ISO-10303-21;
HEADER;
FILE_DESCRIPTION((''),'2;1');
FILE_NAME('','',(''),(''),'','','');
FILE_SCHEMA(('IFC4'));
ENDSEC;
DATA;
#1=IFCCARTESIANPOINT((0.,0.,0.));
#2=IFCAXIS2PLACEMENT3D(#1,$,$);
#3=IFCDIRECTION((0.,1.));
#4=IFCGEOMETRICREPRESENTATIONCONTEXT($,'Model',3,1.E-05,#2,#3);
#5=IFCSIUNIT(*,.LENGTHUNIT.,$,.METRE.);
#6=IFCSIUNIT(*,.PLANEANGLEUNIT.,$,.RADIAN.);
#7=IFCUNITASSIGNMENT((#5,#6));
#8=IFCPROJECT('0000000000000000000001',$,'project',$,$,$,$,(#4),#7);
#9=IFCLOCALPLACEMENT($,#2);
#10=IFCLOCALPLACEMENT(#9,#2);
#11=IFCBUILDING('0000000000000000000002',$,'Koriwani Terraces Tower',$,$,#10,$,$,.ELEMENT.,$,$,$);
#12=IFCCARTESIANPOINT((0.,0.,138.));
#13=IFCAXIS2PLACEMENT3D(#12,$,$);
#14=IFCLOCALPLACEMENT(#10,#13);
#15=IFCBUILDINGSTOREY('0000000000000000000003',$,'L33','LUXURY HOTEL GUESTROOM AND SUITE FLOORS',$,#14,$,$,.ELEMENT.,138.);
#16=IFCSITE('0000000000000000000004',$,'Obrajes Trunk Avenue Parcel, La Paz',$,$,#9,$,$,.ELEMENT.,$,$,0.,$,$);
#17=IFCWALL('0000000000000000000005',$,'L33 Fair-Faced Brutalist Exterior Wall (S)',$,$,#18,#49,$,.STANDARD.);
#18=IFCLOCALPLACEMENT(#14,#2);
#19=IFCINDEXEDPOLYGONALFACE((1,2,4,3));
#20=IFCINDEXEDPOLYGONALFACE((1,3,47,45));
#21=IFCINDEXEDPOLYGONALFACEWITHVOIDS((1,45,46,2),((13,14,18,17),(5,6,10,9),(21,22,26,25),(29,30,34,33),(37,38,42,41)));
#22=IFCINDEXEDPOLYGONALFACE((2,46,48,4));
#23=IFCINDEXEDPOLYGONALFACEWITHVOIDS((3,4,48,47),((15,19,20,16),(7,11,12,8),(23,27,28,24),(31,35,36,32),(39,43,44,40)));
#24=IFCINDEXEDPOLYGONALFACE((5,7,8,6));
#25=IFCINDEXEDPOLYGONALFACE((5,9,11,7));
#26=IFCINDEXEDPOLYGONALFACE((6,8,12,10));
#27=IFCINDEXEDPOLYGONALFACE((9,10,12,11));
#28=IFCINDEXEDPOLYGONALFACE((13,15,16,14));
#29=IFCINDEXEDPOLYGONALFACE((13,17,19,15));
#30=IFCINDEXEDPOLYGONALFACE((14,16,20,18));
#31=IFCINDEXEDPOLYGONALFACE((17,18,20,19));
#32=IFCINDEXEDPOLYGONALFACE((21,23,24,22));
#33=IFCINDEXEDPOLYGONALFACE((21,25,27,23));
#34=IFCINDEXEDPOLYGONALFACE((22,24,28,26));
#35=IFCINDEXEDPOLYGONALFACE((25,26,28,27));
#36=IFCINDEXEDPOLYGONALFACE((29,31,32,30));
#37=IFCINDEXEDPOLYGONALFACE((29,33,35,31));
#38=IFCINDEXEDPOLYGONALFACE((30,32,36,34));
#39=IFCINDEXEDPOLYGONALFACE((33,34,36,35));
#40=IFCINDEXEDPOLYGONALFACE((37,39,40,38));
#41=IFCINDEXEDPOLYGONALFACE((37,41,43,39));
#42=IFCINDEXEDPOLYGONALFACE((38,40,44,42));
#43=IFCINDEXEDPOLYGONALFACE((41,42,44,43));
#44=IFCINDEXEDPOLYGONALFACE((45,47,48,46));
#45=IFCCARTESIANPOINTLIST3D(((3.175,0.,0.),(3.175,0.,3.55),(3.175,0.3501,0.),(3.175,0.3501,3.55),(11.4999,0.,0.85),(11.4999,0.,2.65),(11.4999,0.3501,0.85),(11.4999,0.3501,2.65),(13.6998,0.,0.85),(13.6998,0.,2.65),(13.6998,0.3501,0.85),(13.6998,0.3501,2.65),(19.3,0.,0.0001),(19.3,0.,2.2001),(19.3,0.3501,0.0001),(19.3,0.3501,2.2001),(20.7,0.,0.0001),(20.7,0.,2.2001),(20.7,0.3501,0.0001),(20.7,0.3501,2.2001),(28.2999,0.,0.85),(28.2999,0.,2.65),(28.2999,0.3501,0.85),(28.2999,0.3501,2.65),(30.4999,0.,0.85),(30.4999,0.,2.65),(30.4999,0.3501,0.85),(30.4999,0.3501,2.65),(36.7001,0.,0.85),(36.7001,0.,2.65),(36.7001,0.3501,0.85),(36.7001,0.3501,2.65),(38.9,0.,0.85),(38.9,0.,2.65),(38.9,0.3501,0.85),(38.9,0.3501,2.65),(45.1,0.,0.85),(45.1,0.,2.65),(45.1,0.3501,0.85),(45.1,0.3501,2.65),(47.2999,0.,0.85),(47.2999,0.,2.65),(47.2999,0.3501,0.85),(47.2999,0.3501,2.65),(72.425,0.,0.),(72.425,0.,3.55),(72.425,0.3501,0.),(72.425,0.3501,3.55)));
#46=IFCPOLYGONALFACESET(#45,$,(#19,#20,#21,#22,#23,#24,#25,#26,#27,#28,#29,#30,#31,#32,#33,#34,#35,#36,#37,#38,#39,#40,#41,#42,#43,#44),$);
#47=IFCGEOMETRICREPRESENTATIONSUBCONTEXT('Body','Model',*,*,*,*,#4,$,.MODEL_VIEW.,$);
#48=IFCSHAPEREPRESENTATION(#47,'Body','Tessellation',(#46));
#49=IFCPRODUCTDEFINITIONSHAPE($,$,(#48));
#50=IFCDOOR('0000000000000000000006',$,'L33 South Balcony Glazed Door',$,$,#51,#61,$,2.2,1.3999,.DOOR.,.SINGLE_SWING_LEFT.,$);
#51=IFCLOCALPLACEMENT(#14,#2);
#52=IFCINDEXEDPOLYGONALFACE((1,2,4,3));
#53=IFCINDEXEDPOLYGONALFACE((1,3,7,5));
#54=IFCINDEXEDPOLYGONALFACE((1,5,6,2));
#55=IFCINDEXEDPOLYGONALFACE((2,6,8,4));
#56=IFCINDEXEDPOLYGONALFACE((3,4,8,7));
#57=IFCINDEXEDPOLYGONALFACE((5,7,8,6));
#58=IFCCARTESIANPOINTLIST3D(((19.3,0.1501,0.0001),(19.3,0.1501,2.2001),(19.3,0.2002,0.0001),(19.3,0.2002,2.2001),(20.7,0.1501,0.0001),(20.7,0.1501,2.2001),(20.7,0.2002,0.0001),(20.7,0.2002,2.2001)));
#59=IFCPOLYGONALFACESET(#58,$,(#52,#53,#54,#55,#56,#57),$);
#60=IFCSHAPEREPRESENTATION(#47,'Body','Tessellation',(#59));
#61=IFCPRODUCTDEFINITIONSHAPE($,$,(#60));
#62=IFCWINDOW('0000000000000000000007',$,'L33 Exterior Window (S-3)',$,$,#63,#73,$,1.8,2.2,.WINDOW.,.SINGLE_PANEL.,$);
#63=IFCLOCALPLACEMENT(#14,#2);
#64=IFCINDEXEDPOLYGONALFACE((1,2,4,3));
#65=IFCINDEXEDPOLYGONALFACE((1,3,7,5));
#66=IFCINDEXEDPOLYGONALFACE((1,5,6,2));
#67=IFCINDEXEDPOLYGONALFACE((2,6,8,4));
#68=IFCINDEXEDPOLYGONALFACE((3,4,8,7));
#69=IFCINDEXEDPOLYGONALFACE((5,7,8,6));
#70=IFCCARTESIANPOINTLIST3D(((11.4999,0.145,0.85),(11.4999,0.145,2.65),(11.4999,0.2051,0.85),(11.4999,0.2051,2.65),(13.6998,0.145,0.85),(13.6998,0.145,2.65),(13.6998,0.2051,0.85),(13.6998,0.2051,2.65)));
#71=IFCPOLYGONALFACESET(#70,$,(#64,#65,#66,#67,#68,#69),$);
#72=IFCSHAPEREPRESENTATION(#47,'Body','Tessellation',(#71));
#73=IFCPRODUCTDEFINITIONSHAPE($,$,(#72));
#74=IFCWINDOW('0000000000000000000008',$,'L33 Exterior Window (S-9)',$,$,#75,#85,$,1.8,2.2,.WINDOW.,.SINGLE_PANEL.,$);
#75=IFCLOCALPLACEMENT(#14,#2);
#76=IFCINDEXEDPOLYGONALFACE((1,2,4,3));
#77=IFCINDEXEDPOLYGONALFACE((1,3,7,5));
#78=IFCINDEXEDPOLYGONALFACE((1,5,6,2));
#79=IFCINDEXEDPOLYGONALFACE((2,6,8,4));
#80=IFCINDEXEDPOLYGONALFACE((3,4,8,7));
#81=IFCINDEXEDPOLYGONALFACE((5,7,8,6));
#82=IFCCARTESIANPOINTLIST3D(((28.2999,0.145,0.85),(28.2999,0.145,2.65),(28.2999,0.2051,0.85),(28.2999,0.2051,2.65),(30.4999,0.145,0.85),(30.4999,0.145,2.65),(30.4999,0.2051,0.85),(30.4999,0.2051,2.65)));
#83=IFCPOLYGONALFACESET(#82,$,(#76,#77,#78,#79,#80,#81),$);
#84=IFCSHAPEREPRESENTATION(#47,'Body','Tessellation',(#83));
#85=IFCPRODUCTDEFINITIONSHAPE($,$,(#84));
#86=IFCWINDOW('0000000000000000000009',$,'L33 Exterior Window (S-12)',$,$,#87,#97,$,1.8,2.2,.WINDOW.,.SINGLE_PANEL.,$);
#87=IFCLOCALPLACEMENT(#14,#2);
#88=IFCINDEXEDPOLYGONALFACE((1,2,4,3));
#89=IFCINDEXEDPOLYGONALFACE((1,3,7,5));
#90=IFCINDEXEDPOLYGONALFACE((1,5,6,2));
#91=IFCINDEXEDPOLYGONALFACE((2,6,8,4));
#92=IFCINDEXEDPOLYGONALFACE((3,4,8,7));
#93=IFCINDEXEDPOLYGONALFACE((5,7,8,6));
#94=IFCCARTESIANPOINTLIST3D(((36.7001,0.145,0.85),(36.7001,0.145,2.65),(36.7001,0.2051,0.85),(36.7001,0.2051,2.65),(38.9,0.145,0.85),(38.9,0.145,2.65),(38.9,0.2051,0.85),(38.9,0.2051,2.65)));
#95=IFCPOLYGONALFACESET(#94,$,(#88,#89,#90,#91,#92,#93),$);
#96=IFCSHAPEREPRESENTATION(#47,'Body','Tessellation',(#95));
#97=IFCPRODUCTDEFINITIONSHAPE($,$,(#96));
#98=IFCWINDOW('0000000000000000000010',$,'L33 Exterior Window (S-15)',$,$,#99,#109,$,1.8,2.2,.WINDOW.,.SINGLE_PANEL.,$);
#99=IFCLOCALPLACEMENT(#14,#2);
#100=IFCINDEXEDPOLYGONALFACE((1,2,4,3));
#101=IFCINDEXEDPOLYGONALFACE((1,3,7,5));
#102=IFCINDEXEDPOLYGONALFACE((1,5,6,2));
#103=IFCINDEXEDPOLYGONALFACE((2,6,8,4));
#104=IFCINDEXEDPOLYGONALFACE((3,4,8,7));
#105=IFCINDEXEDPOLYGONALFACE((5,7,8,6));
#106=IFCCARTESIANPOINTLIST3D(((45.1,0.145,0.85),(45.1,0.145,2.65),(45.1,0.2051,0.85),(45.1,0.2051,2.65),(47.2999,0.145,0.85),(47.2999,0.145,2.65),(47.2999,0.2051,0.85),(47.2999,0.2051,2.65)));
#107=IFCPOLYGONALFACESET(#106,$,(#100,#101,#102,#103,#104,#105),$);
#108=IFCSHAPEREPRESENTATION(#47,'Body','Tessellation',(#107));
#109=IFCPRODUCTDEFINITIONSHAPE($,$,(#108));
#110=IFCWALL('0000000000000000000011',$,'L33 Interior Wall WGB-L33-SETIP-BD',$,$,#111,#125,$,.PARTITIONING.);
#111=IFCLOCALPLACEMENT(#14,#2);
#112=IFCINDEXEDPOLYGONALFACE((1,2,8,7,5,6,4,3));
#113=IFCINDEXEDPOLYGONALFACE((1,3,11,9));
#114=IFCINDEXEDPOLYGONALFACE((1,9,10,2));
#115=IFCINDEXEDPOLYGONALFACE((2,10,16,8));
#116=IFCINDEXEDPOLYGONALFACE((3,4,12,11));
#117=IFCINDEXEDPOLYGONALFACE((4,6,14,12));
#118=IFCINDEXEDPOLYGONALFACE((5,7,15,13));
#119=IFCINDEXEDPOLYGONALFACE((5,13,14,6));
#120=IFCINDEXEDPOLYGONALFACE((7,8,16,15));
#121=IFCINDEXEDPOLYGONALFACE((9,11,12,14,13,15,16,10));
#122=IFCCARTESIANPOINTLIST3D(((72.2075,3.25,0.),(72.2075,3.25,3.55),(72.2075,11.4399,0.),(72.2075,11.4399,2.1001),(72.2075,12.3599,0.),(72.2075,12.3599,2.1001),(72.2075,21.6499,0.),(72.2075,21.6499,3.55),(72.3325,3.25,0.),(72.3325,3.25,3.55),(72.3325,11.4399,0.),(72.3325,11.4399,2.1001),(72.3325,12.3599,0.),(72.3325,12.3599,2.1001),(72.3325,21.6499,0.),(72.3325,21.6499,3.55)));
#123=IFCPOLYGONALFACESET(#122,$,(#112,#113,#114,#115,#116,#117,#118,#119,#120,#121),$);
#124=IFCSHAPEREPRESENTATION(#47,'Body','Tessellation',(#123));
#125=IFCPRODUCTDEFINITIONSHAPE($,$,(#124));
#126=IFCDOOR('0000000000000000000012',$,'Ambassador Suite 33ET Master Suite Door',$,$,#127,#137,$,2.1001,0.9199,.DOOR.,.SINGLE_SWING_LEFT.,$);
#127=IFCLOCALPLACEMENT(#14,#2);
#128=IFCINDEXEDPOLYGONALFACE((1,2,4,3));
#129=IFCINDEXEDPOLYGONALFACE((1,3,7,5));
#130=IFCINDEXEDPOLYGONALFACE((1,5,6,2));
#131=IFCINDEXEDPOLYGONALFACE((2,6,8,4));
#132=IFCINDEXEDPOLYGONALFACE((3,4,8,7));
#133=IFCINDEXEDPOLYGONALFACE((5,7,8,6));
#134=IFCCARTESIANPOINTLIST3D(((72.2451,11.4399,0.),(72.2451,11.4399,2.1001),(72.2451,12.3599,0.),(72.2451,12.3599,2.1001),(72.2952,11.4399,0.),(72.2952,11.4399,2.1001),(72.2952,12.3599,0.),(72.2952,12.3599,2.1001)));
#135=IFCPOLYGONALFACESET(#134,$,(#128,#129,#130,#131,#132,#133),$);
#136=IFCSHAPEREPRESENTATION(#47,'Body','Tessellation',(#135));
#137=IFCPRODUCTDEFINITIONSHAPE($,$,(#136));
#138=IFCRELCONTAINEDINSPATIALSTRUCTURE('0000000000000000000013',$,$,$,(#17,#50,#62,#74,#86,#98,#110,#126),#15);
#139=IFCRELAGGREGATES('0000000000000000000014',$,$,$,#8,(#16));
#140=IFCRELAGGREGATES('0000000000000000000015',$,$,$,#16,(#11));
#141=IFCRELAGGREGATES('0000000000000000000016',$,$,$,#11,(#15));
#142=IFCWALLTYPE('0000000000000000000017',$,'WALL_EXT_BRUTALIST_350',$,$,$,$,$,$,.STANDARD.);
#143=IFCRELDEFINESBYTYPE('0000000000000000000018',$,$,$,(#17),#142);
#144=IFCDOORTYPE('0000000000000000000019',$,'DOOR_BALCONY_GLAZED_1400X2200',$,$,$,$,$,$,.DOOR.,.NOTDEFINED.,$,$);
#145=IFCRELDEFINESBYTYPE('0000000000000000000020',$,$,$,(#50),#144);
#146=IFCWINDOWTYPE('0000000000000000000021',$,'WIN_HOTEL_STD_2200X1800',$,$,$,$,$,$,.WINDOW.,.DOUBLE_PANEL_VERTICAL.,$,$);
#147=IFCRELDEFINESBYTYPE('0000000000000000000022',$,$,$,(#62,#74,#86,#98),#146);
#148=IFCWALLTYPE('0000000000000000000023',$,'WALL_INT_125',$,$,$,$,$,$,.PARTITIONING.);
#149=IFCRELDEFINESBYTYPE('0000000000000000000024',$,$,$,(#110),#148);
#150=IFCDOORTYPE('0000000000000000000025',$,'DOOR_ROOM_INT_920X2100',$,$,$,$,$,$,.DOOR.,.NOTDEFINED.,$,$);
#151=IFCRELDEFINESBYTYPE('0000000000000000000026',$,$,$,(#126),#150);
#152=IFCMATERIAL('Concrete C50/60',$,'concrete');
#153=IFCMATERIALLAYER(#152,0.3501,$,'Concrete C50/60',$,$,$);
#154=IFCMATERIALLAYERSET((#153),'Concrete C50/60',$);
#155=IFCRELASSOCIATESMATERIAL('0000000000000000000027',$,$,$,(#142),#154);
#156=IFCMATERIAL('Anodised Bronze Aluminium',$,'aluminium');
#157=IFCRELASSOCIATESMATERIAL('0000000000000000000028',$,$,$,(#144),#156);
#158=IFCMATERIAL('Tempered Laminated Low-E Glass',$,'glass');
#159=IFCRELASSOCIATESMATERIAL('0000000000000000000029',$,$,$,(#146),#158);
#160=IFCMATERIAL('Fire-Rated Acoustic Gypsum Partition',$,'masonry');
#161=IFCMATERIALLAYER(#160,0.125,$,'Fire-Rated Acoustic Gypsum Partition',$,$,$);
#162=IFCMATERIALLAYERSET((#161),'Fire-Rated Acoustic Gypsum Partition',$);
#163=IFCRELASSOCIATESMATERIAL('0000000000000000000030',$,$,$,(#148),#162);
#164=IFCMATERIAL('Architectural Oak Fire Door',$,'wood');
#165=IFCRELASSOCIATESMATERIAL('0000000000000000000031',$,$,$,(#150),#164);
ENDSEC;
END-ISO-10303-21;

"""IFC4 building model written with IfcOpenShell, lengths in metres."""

from ifc_helpers import new_model, si_unit, direction, frame, frame_2d, origin, place, context, subcontext, project, spatial, rectangle, extrude, material, layer, layer_set, type_object, element, fill, save


model = new_model("IFC4")

# Units and contexts
model_context = context("Model", 3, precision=1e-05, world=origin(), true_north=direction((0.0, 1.0)))
body_context = subcontext(model_context, "Body", "Model", "MODEL_VIEW")
ifc_project = project(units=[si_unit("LENGTHUNIT", "METRE"), si_unit("PLANEANGLEUNIT", "RADIAN")], contexts=[model_context])

# Site, building, storey
site_placement = place(None, origin())
site = spatial("IfcSite", under=ifc_project, at=site_placement, Name="Obrajes Trunk Avenue Parcel, La Paz", CompositionType="ELEMENT", RefElevation=0.0)
building_placement = place(site_placement, origin())
building = spatial("IfcBuilding", under=site, at=building_placement, Name="Koriwani Terraces Tower", CompositionType="ELEMENT")
storey_placement = place(building_placement, frame((0.0, 0.0, 138.0)))
storey = spatial("IfcBuildingStorey", under=building, at=storey_placement, Name="L33", Description="LUXURY HOTEL GUESTROOM AND SUITE FLOORS", CompositionType="ELEMENT", Elevation=138.0)

# Shared definitions
ifc_material_1 = material(Name="Concrete C50/60", Category="concrete")

# Shared definitions
ifc_material_2 = material(Name="Architectural Oak Fire Door", Category="wood")

# Shared definitions
ifc_layer_1 = layer(ifc_material_1, 0.3501, Name="Concrete C50/60")
ifc_layer_set_1 = layer_set([ifc_layer_1], Name="Concrete C50/60")
wall_type_1 = type_object("IfcWallType", Name="WALL_EXT_BRUTALIST_350", PredefinedType="STANDARD", material=ifc_layer_set_1)

# Wall, openings, door, windows
wall_1_placement = place(storey_placement, frame((72.425, 0.175, 0.0), z_axis=(0.0, 0.0, 1.0), x_axis=(-1.0, 0.0, 0.0)))
wall_1 = element("IfcWall", 1, at=wall_1_placement, inside=storey, type_object=wall_type_1, Name="L33 Fair-Faced Brutalist Exterior Wall (S)", PredefinedType="STANDARD", context=body_context, shape_type="SweptSolid", body=[
    extrude(rectangle(XDim=69.25, YDim=0.3501, at=frame_2d((34.625, 0.0))), origin(), (0.0, 0.0, 1.0), 3.55),
])
opening_1_placement = place(wall_1_placement, frame((51.7251, 0.0, 0.0)))
opening_1 = element("IfcOpeningElement", 2, at=opening_1_placement, cuts=wall_1, PredefinedType="OPENING", context=body_context, shape_type="SweptSolid", body=[
    extrude(rectangle(XDim=1.3999, YDim=2.2, at=frame_2d((0.7, 1.1001))), frame((0.0, 0.1851, 0.0), z_axis=(0.0, -1.0, 0.0), x_axis=(1.0, 0.0, 0.0)), (0.0, 0.0, 1.0), 0.3701),
])
opening_2_placement = place(wall_1_placement, frame((58.7251, 0.0, 0.8501)))
opening_2 = element("IfcOpeningElement", 3, at=opening_2_placement, cuts=wall_1, PredefinedType="OPENING", context=body_context, shape_type="SweptSolid", body=[
    extrude(rectangle(XDim=2.2, YDim=1.8, at=frame_2d((1.1001, 0.8999))), frame((0.0, 0.1851, 0.0), z_axis=(0.0, -1.0, 0.0), x_axis=(1.0, 0.0, 0.0)), (0.0, 0.0, 1.0), 0.3701),
])
opening_3_placement = place(wall_1_placement, frame((41.925, 0.0, 0.8501)))
opening_3 = element("IfcOpeningElement", 4, at=opening_3_placement, cuts=wall_1, PredefinedType="OPENING", context=body_context, shape_type="SweptSolid", body=[
    extrude(rectangle(XDim=2.2, YDim=1.8, at=frame_2d((1.1001, 0.8999))), frame((0.0, 0.1851, 0.0), z_axis=(0.0, -1.0, 0.0), x_axis=(1.0, 0.0, 0.0)), (0.0, 0.0, 1.0), 0.3701),
])
opening_4_placement = place(wall_1_placement, frame((33.5249, 0.0, 0.8501)))
opening_4 = element("IfcOpeningElement", 5, at=opening_4_placement, cuts=wall_1, PredefinedType="OPENING", context=body_context, shape_type="SweptSolid", body=[
    extrude(rectangle(XDim=2.2, YDim=1.8, at=frame_2d((1.1001, 0.8999))), frame((0.0, 0.1851, 0.0), z_axis=(0.0, -1.0, 0.0), x_axis=(1.0, 0.0, 0.0)), (0.0, 0.0, 1.0), 0.3701),
])
opening_5_placement = place(wall_1_placement, frame((25.125, 0.0, 0.8501)))
opening_5 = element("IfcOpeningElement", 6, at=opening_5_placement, cuts=wall_1, PredefinedType="OPENING", context=body_context, shape_type="SweptSolid", body=[
    extrude(rectangle(XDim=2.2, YDim=1.8, at=frame_2d((1.1001, 0.8999))), frame((0.0, 0.1851, 0.0), z_axis=(0.0, -1.0, 0.0), x_axis=(1.0, 0.0, 0.0)), (0.0, 0.0, 1.0), 0.3701),
])
ifc_material_3 = material(Name="Anodised Bronze Aluminium", Category="aluminium")
door_type_1 = type_object("IfcDoorType", Name="DOOR_BALCONY_GLAZED_1400X2200", OperationType="NOTDEFINED", PredefinedType="DOOR", material=ifc_material_3)
door_1_placement = place(opening_1_placement, origin())
door_1 = element("IfcDoor", 7, at=door_1_placement, inside=storey, type_object=door_type_1, Name="L33 South Balcony Glazed Door", OperationType="SINGLE_SWING_LEFT", OverallHeight=2.2, OverallWidth=1.3999, PredefinedType="DOOR", context=body_context, shape_type="SweptSolid", body=[
    extrude(rectangle(XDim=1.3999, YDim=2.2, at=frame_2d((0.7, 1.1001))), frame((0.0, 0.0249, 0.0), z_axis=(0.0, -1.0, 0.0), x_axis=(1.0, 0.0, 0.0)), (0.0, 0.0, 1.0), 0.05),
])
fill(opening_1, door_1)
ifc_material_4 = material(Name="Tempered Laminated Low-E Glass", Category="glass")
window_type = type_object("IfcWindowType", Name="WIN_HOTEL_STD_2200X1800", PartitioningType="DOUBLE_PANEL_VERTICAL", PredefinedType="WINDOW", material=ifc_material_4)
window_1_placement = place(opening_2_placement, origin())
window_1 = element("IfcWindow", 8, at=window_1_placement, inside=storey, type_object=window_type, Name="L33 Exterior Window (S-3)", OverallHeight=1.8, OverallWidth=2.2, PartitioningType="SINGLE_PANEL", PredefinedType="WINDOW", context=body_context, shape_type="SweptSolid", body=[
    extrude(rectangle(XDim=2.2, YDim=1.8, at=frame_2d((1.1001, 0.8999))), frame((0.0, 0.03, 0.0), z_axis=(0.0, -1.0, 0.0), x_axis=(1.0, 0.0, 0.0)), (0.0, 0.0, 1.0), 0.0601),
])
fill(opening_2, window_1)
window_2_placement = place(opening_3_placement, origin())
window_2 = element("IfcWindow", 9, at=window_2_placement, inside=storey, type_object=window_type, Name="L33 Exterior Window (S-9)", OverallHeight=1.8, OverallWidth=2.2, PartitioningType="SINGLE_PANEL", PredefinedType="WINDOW", context=body_context, shape_type="SweptSolid", body=[
    extrude(rectangle(XDim=2.2, YDim=1.8, at=frame_2d((1.1001, 0.8999))), frame((0.0, 0.03, 0.0), z_axis=(0.0, -1.0, 0.0), x_axis=(1.0, 0.0, 0.0)), (0.0, 0.0, 1.0), 0.0601),
])
fill(opening_3, window_2)
window_3_placement = place(opening_4_placement, origin())
window_3 = element("IfcWindow", 10, at=window_3_placement, inside=storey, type_object=window_type, Name="L33 Exterior Window (S-12)", OverallHeight=1.8, OverallWidth=2.2, PartitioningType="SINGLE_PANEL", PredefinedType="WINDOW", context=body_context, shape_type="SweptSolid", body=[
    extrude(rectangle(XDim=2.2, YDim=1.8, at=frame_2d((1.1001, 0.8999))), frame((0.0, 0.03, 0.0), z_axis=(0.0, -1.0, 0.0), x_axis=(1.0, 0.0, 0.0)), (0.0, 0.0, 1.0), 0.0601),
])
fill(opening_4, window_3)
window_4_placement = place(opening_5_placement, origin())
window_4 = element("IfcWindow", 11, at=window_4_placement, inside=storey, type_object=window_type, Name="L33 Exterior Window (S-15)", OverallHeight=1.8, OverallWidth=2.2, PartitioningType="SINGLE_PANEL", PredefinedType="WINDOW", context=body_context, shape_type="SweptSolid", body=[
    extrude(rectangle(XDim=2.2, YDim=1.8, at=frame_2d((1.1001, 0.8999))), frame((0.0, 0.03, 0.0), z_axis=(0.0, -1.0, 0.0), x_axis=(1.0, 0.0, 0.0)), (0.0, 0.0, 1.0), 0.0601),
])
fill(opening_5, window_4)

# Wall, opening, door
ifc_material_5 = material(Name="Fire-Rated Acoustic Gypsum Partition", Category="masonry")
ifc_layer_2 = layer(ifc_material_5, 0.125, Name="Fire-Rated Acoustic Gypsum Partition")
ifc_layer_set_2 = layer_set([ifc_layer_2], Name="Fire-Rated Acoustic Gypsum Partition")
wall_type_2 = type_object("IfcWallType", Name="WALL_INT_125", PredefinedType="PARTITIONING", material=ifc_layer_set_2)
wall_2_placement = place(storey_placement, frame((72.27, 3.25, 0.0), z_axis=(0.0, 0.0, 1.0), x_axis=(0.0, 1.0, 0.0)))
wall_2 = element("IfcWall", 12, at=wall_2_placement, inside=storey, type_object=wall_type_2, Name="L33 Interior Wall WGB-L33-SETIP-BD", PredefinedType="PARTITIONING", context=body_context, shape_type="SweptSolid", body=[
    extrude(rectangle(XDim=18.3999, YDim=0.125, at=frame_2d((9.2, 0.0))), origin(), (0.0, 0.0, 1.0), 3.55),
])
opening_6_placement = place(wall_2_placement, frame((8.1899, 0.0, 0.0)))
opening_6 = element("IfcOpeningElement", 13, at=opening_6_placement, cuts=wall_2, PredefinedType="OPENING", context=body_context, shape_type="SweptSolid", body=[
    extrude(rectangle(XDim=0.9199, YDim=2.1001, at=frame_2d((0.46, 1.05))), frame((0.0, 0.0725, 0.0), z_axis=(0.0, -1.0, 0.0), x_axis=(1.0, 0.0, 0.0)), (0.0, 0.0, 1.0), 0.145),
])
door_type_2 = type_object("IfcDoorType", Name="DOOR_ROOM_INT_920X2100", OperationType="NOTDEFINED", PredefinedType="DOOR", material=ifc_material_2)
door_2_placement = place(opening_6_placement, origin())
door_2 = element("IfcDoor", 14, at=door_2_placement, inside=storey, type_object=door_type_2, Name="Ambassador Suite 33ET Master Suite Door", OperationType="SINGLE_SWING_LEFT", OverallHeight=2.1001, OverallWidth=0.9199, PredefinedType="DOOR", context=body_context, shape_type="SweptSolid", body=[
    extrude(rectangle(XDim=0.9199, YDim=2.1001, at=frame_2d((0.46, 1.05))), frame((0.0, 0.0249, 0.0), z_axis=(0.0, -1.0, 0.0), x_axis=(1.0, 0.0, 0.0)), (0.0, 0.0, 1.0), 0.05),
])
fill(opening_6, door_2)

save(model, "model.ifc")
